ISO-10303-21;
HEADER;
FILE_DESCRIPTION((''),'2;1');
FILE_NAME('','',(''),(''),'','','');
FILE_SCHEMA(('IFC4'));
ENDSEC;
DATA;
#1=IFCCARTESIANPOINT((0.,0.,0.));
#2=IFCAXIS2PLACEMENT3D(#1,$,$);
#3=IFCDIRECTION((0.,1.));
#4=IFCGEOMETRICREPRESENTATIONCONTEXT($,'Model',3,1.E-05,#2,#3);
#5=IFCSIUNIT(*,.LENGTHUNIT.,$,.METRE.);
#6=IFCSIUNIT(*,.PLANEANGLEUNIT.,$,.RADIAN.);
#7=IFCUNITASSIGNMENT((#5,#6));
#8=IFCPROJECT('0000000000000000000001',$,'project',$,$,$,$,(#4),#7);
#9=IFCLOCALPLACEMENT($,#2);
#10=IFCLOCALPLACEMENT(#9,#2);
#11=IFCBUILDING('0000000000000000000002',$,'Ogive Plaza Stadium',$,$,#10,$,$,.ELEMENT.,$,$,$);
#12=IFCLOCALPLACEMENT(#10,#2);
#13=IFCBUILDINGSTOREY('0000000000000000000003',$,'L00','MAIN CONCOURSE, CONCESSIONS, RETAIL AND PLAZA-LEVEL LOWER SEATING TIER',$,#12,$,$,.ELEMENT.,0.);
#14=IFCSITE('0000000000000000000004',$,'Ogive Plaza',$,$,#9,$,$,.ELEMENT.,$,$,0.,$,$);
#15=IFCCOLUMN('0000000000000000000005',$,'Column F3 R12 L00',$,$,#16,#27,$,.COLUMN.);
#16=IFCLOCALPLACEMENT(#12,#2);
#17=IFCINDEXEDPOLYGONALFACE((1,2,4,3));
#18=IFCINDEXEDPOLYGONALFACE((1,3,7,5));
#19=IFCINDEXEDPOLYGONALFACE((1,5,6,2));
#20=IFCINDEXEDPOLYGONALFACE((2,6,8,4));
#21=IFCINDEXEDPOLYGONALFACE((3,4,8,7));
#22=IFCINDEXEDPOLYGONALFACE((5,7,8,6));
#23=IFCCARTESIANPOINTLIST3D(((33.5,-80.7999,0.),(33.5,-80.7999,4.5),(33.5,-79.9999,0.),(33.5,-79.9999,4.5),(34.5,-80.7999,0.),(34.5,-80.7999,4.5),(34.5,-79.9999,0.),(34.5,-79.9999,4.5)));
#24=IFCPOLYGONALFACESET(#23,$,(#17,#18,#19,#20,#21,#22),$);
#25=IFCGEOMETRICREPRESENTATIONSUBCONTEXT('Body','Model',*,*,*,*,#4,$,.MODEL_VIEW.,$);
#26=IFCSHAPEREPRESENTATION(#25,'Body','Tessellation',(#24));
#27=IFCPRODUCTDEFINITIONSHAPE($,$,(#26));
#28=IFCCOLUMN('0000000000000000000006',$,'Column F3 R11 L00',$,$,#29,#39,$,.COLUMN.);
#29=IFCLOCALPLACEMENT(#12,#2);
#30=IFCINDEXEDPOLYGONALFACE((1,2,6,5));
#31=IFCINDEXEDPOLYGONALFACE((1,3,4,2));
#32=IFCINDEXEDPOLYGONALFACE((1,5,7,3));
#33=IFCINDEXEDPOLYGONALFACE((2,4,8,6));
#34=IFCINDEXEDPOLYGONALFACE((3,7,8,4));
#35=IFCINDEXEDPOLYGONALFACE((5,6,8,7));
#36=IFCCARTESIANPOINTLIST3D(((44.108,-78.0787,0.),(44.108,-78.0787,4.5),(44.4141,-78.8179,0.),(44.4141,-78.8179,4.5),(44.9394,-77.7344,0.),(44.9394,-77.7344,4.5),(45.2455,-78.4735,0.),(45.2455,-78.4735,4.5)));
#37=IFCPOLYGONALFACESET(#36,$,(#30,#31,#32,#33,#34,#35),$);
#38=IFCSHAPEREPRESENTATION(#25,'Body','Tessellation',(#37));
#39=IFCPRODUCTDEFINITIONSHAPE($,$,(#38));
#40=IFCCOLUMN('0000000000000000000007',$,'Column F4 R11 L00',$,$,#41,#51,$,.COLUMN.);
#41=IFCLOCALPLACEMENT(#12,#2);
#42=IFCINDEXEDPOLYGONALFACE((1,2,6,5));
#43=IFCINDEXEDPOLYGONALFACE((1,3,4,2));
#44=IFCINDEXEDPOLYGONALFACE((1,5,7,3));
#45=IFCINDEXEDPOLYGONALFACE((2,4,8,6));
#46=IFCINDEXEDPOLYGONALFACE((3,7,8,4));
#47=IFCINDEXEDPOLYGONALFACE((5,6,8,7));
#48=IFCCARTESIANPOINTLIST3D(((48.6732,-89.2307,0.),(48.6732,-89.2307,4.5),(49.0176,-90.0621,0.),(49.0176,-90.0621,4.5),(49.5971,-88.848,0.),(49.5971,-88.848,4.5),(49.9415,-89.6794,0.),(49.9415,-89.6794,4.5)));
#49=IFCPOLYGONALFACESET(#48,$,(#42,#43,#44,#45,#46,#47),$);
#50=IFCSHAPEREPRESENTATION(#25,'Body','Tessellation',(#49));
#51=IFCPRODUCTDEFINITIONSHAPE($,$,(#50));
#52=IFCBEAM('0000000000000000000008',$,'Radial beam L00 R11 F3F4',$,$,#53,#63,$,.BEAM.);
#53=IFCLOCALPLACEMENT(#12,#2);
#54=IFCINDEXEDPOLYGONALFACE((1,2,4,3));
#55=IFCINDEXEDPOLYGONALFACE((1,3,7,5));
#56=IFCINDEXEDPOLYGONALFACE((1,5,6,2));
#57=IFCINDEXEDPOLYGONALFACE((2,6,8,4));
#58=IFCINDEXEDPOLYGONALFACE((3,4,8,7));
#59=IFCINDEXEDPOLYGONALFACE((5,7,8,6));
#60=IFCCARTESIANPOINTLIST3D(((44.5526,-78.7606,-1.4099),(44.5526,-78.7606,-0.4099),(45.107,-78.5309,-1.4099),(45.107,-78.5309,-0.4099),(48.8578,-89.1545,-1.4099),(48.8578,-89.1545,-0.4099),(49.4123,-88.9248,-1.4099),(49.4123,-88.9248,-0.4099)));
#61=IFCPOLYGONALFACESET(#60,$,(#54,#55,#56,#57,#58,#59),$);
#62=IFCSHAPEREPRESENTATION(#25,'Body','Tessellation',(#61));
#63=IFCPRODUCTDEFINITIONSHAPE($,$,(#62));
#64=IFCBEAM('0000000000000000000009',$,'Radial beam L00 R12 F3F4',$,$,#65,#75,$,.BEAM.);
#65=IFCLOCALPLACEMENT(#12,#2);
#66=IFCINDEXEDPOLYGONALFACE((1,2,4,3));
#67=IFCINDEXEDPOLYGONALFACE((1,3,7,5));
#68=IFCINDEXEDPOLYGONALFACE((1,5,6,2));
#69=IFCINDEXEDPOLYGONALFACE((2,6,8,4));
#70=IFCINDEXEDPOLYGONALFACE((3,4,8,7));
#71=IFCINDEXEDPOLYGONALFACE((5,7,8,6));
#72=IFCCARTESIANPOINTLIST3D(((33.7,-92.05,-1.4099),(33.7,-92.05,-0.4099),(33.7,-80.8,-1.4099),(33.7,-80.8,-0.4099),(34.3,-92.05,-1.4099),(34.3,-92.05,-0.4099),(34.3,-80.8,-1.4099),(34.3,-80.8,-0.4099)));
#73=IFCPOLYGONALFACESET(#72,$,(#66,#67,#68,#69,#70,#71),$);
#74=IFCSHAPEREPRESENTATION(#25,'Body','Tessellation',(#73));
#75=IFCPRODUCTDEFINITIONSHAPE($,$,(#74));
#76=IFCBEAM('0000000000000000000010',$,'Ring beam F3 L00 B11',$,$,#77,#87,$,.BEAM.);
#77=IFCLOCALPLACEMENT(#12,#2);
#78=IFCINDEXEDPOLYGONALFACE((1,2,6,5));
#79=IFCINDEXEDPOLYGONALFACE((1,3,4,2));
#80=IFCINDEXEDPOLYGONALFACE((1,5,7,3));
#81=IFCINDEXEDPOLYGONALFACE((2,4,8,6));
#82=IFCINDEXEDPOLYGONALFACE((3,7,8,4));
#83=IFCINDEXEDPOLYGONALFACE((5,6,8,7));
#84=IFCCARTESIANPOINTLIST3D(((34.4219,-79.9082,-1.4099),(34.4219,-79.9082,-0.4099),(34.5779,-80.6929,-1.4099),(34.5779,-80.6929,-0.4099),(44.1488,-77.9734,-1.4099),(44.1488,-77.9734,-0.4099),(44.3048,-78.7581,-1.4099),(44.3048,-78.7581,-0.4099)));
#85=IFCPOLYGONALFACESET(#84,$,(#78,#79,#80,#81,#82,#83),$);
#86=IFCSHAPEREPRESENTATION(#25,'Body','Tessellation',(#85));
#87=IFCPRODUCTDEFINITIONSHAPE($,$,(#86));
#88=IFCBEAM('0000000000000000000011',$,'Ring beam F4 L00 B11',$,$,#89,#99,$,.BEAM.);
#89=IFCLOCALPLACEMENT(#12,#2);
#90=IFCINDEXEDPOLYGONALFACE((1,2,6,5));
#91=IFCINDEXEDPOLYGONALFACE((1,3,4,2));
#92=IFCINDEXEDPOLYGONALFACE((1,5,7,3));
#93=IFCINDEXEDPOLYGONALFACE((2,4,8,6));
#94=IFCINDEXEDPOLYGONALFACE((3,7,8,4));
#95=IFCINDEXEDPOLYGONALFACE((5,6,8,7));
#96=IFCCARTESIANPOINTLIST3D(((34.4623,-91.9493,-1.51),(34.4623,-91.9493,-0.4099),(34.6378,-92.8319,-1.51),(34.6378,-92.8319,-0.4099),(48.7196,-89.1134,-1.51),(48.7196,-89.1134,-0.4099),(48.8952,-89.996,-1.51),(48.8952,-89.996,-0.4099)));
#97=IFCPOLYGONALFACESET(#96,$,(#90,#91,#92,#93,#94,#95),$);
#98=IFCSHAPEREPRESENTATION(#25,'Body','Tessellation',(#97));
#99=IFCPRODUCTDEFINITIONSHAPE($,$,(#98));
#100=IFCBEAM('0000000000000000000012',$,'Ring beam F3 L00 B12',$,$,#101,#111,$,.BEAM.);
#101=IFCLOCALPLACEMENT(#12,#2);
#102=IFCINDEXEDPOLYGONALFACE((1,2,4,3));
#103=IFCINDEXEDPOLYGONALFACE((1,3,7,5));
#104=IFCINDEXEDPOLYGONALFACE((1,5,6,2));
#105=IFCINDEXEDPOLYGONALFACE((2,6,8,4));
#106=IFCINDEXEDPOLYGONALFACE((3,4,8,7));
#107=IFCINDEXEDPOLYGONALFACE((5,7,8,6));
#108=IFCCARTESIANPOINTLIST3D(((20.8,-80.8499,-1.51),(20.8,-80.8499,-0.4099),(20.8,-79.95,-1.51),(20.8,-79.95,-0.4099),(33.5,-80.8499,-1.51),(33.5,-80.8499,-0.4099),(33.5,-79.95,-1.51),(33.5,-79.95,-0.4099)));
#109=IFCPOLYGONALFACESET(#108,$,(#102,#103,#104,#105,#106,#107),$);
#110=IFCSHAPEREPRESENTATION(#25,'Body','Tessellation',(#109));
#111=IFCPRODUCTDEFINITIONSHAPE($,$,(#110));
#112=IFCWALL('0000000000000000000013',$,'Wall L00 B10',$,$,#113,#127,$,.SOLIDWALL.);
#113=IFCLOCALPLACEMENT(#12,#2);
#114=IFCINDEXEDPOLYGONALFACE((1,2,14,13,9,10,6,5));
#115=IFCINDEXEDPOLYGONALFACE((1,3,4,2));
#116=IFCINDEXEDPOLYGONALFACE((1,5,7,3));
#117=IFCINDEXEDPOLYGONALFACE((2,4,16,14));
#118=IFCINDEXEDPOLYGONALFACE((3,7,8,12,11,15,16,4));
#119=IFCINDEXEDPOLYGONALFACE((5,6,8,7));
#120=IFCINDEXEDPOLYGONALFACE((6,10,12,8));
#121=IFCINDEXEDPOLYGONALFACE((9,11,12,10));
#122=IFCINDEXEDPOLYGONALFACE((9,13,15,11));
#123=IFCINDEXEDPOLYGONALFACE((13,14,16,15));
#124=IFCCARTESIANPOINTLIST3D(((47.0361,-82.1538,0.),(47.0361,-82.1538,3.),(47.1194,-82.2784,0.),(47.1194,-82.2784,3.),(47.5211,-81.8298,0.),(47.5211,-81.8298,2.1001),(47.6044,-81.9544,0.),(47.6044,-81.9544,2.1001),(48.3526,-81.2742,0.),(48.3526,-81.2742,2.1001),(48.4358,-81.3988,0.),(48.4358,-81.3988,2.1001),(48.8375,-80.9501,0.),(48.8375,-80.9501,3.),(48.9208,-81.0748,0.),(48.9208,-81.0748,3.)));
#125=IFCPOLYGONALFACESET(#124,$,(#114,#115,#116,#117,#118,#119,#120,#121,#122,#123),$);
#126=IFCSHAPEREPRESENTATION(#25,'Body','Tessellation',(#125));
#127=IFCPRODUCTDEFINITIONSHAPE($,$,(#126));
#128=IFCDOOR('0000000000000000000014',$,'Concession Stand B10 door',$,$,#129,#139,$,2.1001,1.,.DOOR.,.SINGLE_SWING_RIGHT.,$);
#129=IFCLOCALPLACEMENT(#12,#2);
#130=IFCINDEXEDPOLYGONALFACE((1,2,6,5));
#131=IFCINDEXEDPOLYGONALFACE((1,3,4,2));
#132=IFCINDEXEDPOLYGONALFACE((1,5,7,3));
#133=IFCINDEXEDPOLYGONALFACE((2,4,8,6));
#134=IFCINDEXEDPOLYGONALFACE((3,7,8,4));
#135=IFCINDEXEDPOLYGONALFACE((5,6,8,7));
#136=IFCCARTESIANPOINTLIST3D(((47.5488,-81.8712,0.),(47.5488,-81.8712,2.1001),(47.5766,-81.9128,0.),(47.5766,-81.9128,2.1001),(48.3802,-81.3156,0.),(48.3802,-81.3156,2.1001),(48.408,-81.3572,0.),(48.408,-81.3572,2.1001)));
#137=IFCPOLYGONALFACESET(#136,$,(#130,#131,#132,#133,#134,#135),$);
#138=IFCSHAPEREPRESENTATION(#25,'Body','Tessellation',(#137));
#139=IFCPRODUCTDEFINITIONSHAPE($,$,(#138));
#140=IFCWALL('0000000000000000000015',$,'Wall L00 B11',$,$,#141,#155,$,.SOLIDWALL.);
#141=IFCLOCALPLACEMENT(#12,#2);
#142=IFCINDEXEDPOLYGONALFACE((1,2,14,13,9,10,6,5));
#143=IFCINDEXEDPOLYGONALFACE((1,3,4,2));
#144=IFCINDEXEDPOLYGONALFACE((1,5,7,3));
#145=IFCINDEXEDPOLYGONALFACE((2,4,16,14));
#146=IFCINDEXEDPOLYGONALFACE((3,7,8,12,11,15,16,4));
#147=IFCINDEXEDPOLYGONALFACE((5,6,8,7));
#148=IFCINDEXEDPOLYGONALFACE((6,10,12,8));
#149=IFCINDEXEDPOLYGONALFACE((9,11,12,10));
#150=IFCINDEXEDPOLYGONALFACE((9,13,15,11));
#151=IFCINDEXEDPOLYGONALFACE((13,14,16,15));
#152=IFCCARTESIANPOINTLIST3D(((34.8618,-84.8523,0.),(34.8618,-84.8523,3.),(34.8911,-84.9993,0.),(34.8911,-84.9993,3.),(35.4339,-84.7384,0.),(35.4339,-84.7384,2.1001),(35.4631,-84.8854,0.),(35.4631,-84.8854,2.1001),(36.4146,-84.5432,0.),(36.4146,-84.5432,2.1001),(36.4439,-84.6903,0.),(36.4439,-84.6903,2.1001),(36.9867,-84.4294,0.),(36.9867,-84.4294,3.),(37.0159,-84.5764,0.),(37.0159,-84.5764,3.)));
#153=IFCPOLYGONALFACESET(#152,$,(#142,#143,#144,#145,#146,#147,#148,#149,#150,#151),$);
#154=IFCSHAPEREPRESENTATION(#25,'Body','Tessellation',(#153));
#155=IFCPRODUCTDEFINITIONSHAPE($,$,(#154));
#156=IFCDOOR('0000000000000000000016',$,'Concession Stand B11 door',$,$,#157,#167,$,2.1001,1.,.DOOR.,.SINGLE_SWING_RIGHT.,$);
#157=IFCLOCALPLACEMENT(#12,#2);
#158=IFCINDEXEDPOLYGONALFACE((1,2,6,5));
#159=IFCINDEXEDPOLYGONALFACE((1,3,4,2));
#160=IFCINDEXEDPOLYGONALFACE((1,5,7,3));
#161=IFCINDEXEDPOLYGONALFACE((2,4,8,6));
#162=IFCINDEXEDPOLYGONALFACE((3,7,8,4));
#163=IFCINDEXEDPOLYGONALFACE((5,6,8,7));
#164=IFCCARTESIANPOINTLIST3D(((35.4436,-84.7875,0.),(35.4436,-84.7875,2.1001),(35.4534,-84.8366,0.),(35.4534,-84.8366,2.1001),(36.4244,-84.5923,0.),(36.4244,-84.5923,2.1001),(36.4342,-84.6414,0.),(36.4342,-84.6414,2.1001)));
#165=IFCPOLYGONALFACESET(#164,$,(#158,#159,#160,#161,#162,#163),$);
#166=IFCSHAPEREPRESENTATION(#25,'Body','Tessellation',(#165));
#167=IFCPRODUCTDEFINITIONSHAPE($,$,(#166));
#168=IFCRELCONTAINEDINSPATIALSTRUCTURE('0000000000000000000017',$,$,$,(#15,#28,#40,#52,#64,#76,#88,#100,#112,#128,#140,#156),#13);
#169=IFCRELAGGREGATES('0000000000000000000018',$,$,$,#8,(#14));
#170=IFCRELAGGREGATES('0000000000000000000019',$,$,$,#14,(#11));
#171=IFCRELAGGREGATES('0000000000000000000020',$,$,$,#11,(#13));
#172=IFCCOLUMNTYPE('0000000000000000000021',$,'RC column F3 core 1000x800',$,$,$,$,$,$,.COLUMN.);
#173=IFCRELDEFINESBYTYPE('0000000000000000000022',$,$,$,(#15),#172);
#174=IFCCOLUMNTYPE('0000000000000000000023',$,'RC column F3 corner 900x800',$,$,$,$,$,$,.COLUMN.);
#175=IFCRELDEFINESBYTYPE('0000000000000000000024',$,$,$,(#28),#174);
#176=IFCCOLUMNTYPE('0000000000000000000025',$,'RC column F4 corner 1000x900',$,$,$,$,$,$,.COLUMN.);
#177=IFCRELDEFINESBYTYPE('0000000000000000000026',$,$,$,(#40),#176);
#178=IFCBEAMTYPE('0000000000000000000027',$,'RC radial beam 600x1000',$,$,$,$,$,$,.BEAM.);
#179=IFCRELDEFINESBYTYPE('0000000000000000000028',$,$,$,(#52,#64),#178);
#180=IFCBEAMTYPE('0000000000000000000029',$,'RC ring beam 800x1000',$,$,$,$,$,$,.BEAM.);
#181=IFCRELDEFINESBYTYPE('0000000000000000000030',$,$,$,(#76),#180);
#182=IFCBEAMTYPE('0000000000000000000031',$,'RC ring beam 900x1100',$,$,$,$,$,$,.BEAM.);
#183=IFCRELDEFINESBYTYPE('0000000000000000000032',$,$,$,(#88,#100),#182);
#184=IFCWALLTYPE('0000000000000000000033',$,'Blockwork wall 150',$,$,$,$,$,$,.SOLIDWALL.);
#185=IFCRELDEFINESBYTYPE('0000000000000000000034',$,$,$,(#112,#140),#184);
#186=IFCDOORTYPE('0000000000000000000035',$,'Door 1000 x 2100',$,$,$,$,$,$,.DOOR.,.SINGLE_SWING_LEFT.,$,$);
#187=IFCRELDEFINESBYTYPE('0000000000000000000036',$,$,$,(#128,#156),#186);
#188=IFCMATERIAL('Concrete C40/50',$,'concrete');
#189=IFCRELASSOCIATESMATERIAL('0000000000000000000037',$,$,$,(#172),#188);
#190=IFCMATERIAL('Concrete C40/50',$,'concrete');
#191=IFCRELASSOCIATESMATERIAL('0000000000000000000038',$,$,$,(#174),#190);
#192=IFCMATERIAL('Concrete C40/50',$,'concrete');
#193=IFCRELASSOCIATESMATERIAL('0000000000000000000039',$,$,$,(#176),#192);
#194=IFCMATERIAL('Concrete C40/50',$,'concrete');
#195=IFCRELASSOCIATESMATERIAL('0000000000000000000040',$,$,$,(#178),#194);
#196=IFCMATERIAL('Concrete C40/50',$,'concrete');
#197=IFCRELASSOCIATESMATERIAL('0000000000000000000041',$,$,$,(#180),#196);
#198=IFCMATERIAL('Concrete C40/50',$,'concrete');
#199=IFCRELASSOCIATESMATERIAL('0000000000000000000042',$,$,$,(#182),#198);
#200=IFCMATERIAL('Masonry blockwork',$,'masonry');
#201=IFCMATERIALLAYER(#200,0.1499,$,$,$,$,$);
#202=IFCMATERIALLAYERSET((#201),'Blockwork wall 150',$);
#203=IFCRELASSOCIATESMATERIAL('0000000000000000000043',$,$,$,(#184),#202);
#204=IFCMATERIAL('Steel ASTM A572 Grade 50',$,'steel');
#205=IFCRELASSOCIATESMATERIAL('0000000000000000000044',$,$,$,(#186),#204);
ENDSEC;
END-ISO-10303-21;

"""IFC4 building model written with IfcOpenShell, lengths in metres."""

from ifc_helpers import new_model, si_unit, direction, frame, frame_2d, origin, origin_2d, place, context, subcontext, project, spatial, rectangle, extrude, material, layer, layer_set, material_profile, profile_set, type_object, element, fill, save


model = new_model("IFC4")

# Units and contexts
model_context = context("Model", 3, precision=1e-05, world=origin(), true_north=direction((0.0, 1.0)))
body_context = subcontext(model_context, "Body", "Model", "MODEL_VIEW")
ifc_project = project(units=[si_unit("LENGTHUNIT", "METRE"), si_unit("PLANEANGLEUNIT", "RADIAN")], contexts=[model_context])

# Site, building, storey
site_placement = place(None, origin())
site = spatial("IfcSite", under=ifc_project, at=site_placement, Name="Ogive Plaza", CompositionType="ELEMENT", RefElevation=0.0)
building_placement = place(site_placement, origin())
building = spatial("IfcBuilding", under=site, at=building_placement, Name="Ogive Plaza Stadium", CompositionType="ELEMENT")
storey_placement = place(building_placement, origin())
storey = spatial("IfcBuildingStorey", under=building, at=storey_placement, Name="L00", Description="MAIN CONCOURSE, CONCESSIONS, RETAIL AND PLAZA-LEVEL LOWER SEATING TIER", CompositionType="ELEMENT", Elevation=0.0)

# Columns
ifc_material_1 = material(Name="Concrete C40/50", Category="concrete")
ifc_material_profile_1 = material_profile(ifc_material_1, rectangle(XDim=1.0, YDim=0.8, at=origin_2d()), Name="RC 1000x800")
ifc_profile_set_1 = profile_set([ifc_material_profile_1], Name="Concrete C40/50")
column_type_1 = type_object("IfcColumnType", Name="RC column F3 core 1000x800", PredefinedType="COLUMN", material=ifc_profile_set_1)
column_1_placement = place(storey_placement, frame((34.0, -80.3999, 0.0), z_axis=(0.0, 0.0, 1.0), x_axis=(1.0, 0.0, 0.0)))
element("IfcColumn", 1, at=column_1_placement, inside=storey, type_object=column_type_1, Name="Column F3 R12 L00", PredefinedType="COLUMN", context=body_context, shape_type="SweptSolid", body=[
    extrude(rectangle(XDim=1.0, YDim=0.8, at=origin_2d()), origin(), (0.0, 0.0, 1.0), 4.5),
])
ifc_material_2 = material(Name="Concrete C40/50", Category="concrete")
ifc_material_profile_2 = material_profile(ifc_material_2, rectangle(XDim=0.8999, YDim=0.8, at=origin_2d()), Name="RC 900x800")
ifc_profile_set_2 = profile_set([ifc_material_profile_2], Name="Concrete C40/50")
column_type_2 = type_object("IfcColumnType", Name="RC column F3 corner 900x800", PredefinedType="COLUMN", material=ifc_profile_set_2)
column_2_placement = place(storey_placement, frame((44.6768, -78.2761, 0.0), z_axis=(0.0, 0.0, 1.0), x_axis=(0.92388, 0.382683, 0.0)))
element("IfcColumn", 2, at=column_2_placement, inside=storey, type_object=column_type_2, Name="Column F3 R11 L00", PredefinedType="COLUMN", context=body_context, shape_type="SweptSolid", body=[
    extrude(rectangle(XDim=0.8999, YDim=0.8, at=origin_2d()), origin(), (0.0, 0.0, 1.0), 4.5),
])
ifc_material_3 = material(Name="Concrete C40/50", Category="concrete")
ifc_material_profile_3 = material_profile(ifc_material_3, rectangle(XDim=1.0, YDim=0.8999, at=origin_2d()), Name="RC 1000x900")
ifc_profile_set_3 = profile_set([ifc_material_profile_3], Name="Concrete C40/50")
column_type_3 = type_object("IfcColumnType", Name="RC column F4 corner 1000x900", PredefinedType="COLUMN", material=ifc_profile_set_3)
column_3_placement = place(storey_placement, frame((49.3074, -89.4551, 0.0), z_axis=(0.0, 0.0, 1.0), x_axis=(0.92388, 0.382683, 0.0)))
element("IfcColumn", 3, at=column_3_placement, inside=storey, type_object=column_type_3, Name="Column F4 R11 L00", PredefinedType="COLUMN", context=body_context, shape_type="SweptSolid", body=[
    extrude(rectangle(XDim=1.0, YDim=0.8999, at=origin_2d()), origin(), (0.0, 0.0, 1.0), 4.5),
])

# Beams
ifc_material_4 = material(Name="Concrete C40/50", Category="concrete")
ifc_material_profile_4 = material_profile(ifc_material_4, rectangle(XDim=0.6001, YDim=1.0, at=origin_2d()), Name="RC 600x1000")
ifc_profile_set_4 = profile_set([ifc_material_profile_4], Name="Concrete C40/50")
beam_type_1 = type_object("IfcBeamType", Name="RC radial beam 600x1000", PredefinedType="BEAM", material=ifc_profile_set_4)
beam_1_placement = place(storey_placement, frame((44.8298, -78.6458, -0.9099), z_axis=(0.382678, -0.923882, 0.0), x_axis=(0.923882, 0.382678, 0.0)))
element("IfcBeam", 4, at=beam_1_placement, inside=storey, type_object=beam_type_1, Name="Radial beam L00 R11 F3F4", PredefinedType="BEAM", context=body_context, shape_type="SweptSolid", body=[
    extrude(rectangle(XDim=0.6001, YDim=1.0, at=origin_2d()), origin(), (0.0, 0.0, 1.0), 11.2502),
])
beam_2_placement = place(storey_placement, frame((34.0, -80.8, -0.9099), z_axis=(0.0, -1.0, 0.0), x_axis=(1.0, 0.0, 0.0)))
element("IfcBeam", 5, at=beam_2_placement, inside=storey, type_object=beam_type_1, Name="Radial beam L00 R12 F3F4", PredefinedType="BEAM", context=body_context, shape_type="SweptSolid", body=[
    extrude(rectangle(XDim=0.6001, YDim=1.0, at=origin_2d()), origin(), (0.0, 0.0, 1.0), 11.25),
])
ifc_material_5 = material(Name="Concrete C40/50", Category="concrete")
ifc_material_profile_5 = material_profile(ifc_material_5, rectangle(XDim=0.8, YDim=1.0, at=origin_2d()), Name="RC 800x1000")
ifc_profile_set_5 = profile_set([ifc_material_profile_5], Name="Concrete C40/50")
beam_type_2 = type_object("IfcBeamType", Name="RC ring beam 800x1000", PredefinedType="BEAM", material=ifc_profile_set_5)
beam_3_placement = place(storey_placement, frame((44.2268, -78.3657, -0.9099), z_axis=(-0.980785, -0.195093, 0.0), x_axis=(0.195093, -0.980785, 0.0)))
element("IfcBeam", 6, at=beam_3_placement, inside=storey, type_object=beam_type_2, Name="Ring beam F3 L00 B11", PredefinedType="BEAM", context=body_context, shape_type="SweptSolid", body=[
    extrude(rectangle(XDim=0.8, YDim=1.0, at=origin_2d()), origin(), (0.0, 0.0, 1.0), 9.9175),
])
ifc_material_6 = material(Name="Concrete C40/50", Category="concrete")
ifc_material_profile_6 = material_profile(ifc_material_6, rectangle(XDim=0.8999, YDim=1.1001, at=origin_2d()), Name="RC 900x1100")
ifc_profile_set_6 = profile_set([ifc_material_profile_6], Name="Concrete C40/50")
beam_type_3 = type_object("IfcBeamType", Name="RC ring beam 900x1100", PredefinedType="BEAM", material=ifc_profile_set_6)
beam_4_placement = place(storey_placement, frame((48.8074, -89.5547, -0.96), z_axis=(-0.980786, -0.195089, 0.0), x_axis=(0.195089, -0.980786, 0.0)))
element("IfcBeam", 7, at=beam_4_placement, inside=storey, type_object=beam_type_3, Name="Ring beam F4 L00 B11", PredefinedType="BEAM", context=body_context, shape_type="SweptSolid", body=[
    extrude(rectangle(XDim=0.8999, YDim=1.1001, at=origin_2d()), origin(), (0.0, 0.0, 1.0), 14.5366),
])
beam_5_placement = place(storey_placement, frame((33.5, -80.3999, -0.96), z_axis=(-1.0, 0.0, 0.0), x_axis=(0.0, -1.0, 0.0)))
element("IfcBeam", 8, at=beam_5_placement, inside=storey, type_object=beam_type_3, Name="Ring beam F3 L00 B12", PredefinedType="BEAM", context=body_context, shape_type="SweptSolid", body=[
    extrude(rectangle(XDim=0.8999, YDim=1.1001, at=origin_2d()), origin(), (0.0, 0.0, 1.0), 12.7),
])

# Walls, openings, doors
ifc_material_7 = material(Name="Masonry blockwork", Category="masonry")
ifc_layer = layer(ifc_material_7, 0.1499)
ifc_layer_set = layer_set([ifc_layer], Name="Blockwork wall 150")
wall_type = type_object("IfcWallType", Name="Blockwork wall 150", PredefinedType="SOLIDWALL", material=ifc_layer_set)
wall_1_placement = place(storey_placement, frame((48.8792, -81.0125, 0.0), z_axis=(0.0, 0.0, 1.0), x_axis=(-0.83146, -0.555584, 0.0)))
wall_1 = element("IfcWall", 9, at=wall_1_placement, inside=storey, type_object=wall_type, Name="Wall L00 B10", PredefinedType="SOLIDWALL", context=body_context, shape_type="SweptSolid", body=[
    extrude(rectangle(XDim=2.1665, YDim=0.1499, at=frame_2d((1.0833, 0.0))), origin(), (0.0, 0.0, 1.0), 3.0),
])
opening_1_placement = place(wall_1_placement, frame((0.5833, 0.0, 0.0)))
opening_1 = element("IfcOpeningElement", 10, at=opening_1_placement, cuts=wall_1, PredefinedType="OPENING", context=body_context, shape_type="SweptSolid", body=[
    extrude(rectangle(XDim=1.0, YDim=2.1001, at=frame_2d((0.5, 1.05))), frame((0.0, 0.075, 0.0), z_axis=(0.0, -1.0, 0.0), x_axis=(1.0, 0.0, 0.0)), (0.0, 0.0, 1.0), 0.1499),
])
ifc_material_8 = material(Name="Steel ASTM A572 Grade 50", Category="steel")
door_type = type_object("IfcDoorType", Name="Door 1000 x 2100", OperationType="SINGLE_SWING_LEFT", PredefinedType="DOOR", material=ifc_material_8)
door_1_placement = place(opening_1_placement, origin())
door_1 = element("IfcDoor", 11, at=door_1_placement, inside=storey, type_object=door_type, Name="Concession Stand B10 door", OperationType="SINGLE_SWING_RIGHT", OverallHeight=2.1001, OverallWidth=1.0, PredefinedType="DOOR", context=body_context, shape_type="SweptSolid", body=[
    extrude(rectangle(XDim=1.0, YDim=2.1001, at=frame_2d((0.5, 1.05))), frame((0.0, 0.0249, 0.0), z_axis=(0.0, -1.0, 0.0), x_axis=(1.0, 0.0, 0.0)), (0.0, 0.0, 1.0), 0.05),
])
fill(opening_1, door_1)
wall_2_placement = place(storey_placement, frame((34.8765, -84.9258, 0.0), z_axis=(0.0, 0.0, 1.0), x_axis=(0.980767, 0.195184, 0.0)))
wall_2 = element("IfcWall", 12, at=wall_2_placement, inside=storey, type_object=wall_type, Name="Wall L00 B11", PredefinedType="SOLIDWALL", context=body_context, shape_type="SweptSolid", body=[
    extrude(rectangle(XDim=2.1665, YDim=0.1499, at=frame_2d((1.0833, 0.0))), origin(), (0.0, 0.0, 1.0), 3.0),
])
opening_2_placement = place(wall_2_placement, frame((0.5833, 0.0, 0.0)))
opening_2 = element("IfcOpeningElement", 13, at=opening_2_placement, cuts=wall_2, PredefinedType="OPENING", context=body_context, shape_type="SweptSolid", body=[
    extrude(rectangle(XDim=1.0, YDim=2.1001, at=frame_2d((0.5, 1.05))), frame((0.0, 0.075, 0.0), z_axis=(0.0, -1.0, 0.0), x_axis=(1.0, 0.0, 0.0)), (0.0, 0.0, 1.0), 0.1499),
])
door_2_placement = place(opening_2_placement, origin())
door_2 = element("IfcDoor", 14, at=door_2_placement, inside=storey, type_object=door_type, Name="Concession Stand B11 door", OperationType="SINGLE_SWING_RIGHT", OverallHeight=2.1001, OverallWidth=1.0, PredefinedType="DOOR", context=body_context, shape_type="SweptSolid", body=[
    extrude(rectangle(XDim=1.0, YDim=2.1001, at=frame_2d((0.5, 1.05))), frame((0.0, 0.0249, 0.0), z_axis=(0.0, -1.0, 0.0), x_axis=(1.0, 0.0, 0.0)), (0.0, 0.0, 1.0), 0.05),
])
fill(opening_2, door_2)

save(model, "model.ifc")
